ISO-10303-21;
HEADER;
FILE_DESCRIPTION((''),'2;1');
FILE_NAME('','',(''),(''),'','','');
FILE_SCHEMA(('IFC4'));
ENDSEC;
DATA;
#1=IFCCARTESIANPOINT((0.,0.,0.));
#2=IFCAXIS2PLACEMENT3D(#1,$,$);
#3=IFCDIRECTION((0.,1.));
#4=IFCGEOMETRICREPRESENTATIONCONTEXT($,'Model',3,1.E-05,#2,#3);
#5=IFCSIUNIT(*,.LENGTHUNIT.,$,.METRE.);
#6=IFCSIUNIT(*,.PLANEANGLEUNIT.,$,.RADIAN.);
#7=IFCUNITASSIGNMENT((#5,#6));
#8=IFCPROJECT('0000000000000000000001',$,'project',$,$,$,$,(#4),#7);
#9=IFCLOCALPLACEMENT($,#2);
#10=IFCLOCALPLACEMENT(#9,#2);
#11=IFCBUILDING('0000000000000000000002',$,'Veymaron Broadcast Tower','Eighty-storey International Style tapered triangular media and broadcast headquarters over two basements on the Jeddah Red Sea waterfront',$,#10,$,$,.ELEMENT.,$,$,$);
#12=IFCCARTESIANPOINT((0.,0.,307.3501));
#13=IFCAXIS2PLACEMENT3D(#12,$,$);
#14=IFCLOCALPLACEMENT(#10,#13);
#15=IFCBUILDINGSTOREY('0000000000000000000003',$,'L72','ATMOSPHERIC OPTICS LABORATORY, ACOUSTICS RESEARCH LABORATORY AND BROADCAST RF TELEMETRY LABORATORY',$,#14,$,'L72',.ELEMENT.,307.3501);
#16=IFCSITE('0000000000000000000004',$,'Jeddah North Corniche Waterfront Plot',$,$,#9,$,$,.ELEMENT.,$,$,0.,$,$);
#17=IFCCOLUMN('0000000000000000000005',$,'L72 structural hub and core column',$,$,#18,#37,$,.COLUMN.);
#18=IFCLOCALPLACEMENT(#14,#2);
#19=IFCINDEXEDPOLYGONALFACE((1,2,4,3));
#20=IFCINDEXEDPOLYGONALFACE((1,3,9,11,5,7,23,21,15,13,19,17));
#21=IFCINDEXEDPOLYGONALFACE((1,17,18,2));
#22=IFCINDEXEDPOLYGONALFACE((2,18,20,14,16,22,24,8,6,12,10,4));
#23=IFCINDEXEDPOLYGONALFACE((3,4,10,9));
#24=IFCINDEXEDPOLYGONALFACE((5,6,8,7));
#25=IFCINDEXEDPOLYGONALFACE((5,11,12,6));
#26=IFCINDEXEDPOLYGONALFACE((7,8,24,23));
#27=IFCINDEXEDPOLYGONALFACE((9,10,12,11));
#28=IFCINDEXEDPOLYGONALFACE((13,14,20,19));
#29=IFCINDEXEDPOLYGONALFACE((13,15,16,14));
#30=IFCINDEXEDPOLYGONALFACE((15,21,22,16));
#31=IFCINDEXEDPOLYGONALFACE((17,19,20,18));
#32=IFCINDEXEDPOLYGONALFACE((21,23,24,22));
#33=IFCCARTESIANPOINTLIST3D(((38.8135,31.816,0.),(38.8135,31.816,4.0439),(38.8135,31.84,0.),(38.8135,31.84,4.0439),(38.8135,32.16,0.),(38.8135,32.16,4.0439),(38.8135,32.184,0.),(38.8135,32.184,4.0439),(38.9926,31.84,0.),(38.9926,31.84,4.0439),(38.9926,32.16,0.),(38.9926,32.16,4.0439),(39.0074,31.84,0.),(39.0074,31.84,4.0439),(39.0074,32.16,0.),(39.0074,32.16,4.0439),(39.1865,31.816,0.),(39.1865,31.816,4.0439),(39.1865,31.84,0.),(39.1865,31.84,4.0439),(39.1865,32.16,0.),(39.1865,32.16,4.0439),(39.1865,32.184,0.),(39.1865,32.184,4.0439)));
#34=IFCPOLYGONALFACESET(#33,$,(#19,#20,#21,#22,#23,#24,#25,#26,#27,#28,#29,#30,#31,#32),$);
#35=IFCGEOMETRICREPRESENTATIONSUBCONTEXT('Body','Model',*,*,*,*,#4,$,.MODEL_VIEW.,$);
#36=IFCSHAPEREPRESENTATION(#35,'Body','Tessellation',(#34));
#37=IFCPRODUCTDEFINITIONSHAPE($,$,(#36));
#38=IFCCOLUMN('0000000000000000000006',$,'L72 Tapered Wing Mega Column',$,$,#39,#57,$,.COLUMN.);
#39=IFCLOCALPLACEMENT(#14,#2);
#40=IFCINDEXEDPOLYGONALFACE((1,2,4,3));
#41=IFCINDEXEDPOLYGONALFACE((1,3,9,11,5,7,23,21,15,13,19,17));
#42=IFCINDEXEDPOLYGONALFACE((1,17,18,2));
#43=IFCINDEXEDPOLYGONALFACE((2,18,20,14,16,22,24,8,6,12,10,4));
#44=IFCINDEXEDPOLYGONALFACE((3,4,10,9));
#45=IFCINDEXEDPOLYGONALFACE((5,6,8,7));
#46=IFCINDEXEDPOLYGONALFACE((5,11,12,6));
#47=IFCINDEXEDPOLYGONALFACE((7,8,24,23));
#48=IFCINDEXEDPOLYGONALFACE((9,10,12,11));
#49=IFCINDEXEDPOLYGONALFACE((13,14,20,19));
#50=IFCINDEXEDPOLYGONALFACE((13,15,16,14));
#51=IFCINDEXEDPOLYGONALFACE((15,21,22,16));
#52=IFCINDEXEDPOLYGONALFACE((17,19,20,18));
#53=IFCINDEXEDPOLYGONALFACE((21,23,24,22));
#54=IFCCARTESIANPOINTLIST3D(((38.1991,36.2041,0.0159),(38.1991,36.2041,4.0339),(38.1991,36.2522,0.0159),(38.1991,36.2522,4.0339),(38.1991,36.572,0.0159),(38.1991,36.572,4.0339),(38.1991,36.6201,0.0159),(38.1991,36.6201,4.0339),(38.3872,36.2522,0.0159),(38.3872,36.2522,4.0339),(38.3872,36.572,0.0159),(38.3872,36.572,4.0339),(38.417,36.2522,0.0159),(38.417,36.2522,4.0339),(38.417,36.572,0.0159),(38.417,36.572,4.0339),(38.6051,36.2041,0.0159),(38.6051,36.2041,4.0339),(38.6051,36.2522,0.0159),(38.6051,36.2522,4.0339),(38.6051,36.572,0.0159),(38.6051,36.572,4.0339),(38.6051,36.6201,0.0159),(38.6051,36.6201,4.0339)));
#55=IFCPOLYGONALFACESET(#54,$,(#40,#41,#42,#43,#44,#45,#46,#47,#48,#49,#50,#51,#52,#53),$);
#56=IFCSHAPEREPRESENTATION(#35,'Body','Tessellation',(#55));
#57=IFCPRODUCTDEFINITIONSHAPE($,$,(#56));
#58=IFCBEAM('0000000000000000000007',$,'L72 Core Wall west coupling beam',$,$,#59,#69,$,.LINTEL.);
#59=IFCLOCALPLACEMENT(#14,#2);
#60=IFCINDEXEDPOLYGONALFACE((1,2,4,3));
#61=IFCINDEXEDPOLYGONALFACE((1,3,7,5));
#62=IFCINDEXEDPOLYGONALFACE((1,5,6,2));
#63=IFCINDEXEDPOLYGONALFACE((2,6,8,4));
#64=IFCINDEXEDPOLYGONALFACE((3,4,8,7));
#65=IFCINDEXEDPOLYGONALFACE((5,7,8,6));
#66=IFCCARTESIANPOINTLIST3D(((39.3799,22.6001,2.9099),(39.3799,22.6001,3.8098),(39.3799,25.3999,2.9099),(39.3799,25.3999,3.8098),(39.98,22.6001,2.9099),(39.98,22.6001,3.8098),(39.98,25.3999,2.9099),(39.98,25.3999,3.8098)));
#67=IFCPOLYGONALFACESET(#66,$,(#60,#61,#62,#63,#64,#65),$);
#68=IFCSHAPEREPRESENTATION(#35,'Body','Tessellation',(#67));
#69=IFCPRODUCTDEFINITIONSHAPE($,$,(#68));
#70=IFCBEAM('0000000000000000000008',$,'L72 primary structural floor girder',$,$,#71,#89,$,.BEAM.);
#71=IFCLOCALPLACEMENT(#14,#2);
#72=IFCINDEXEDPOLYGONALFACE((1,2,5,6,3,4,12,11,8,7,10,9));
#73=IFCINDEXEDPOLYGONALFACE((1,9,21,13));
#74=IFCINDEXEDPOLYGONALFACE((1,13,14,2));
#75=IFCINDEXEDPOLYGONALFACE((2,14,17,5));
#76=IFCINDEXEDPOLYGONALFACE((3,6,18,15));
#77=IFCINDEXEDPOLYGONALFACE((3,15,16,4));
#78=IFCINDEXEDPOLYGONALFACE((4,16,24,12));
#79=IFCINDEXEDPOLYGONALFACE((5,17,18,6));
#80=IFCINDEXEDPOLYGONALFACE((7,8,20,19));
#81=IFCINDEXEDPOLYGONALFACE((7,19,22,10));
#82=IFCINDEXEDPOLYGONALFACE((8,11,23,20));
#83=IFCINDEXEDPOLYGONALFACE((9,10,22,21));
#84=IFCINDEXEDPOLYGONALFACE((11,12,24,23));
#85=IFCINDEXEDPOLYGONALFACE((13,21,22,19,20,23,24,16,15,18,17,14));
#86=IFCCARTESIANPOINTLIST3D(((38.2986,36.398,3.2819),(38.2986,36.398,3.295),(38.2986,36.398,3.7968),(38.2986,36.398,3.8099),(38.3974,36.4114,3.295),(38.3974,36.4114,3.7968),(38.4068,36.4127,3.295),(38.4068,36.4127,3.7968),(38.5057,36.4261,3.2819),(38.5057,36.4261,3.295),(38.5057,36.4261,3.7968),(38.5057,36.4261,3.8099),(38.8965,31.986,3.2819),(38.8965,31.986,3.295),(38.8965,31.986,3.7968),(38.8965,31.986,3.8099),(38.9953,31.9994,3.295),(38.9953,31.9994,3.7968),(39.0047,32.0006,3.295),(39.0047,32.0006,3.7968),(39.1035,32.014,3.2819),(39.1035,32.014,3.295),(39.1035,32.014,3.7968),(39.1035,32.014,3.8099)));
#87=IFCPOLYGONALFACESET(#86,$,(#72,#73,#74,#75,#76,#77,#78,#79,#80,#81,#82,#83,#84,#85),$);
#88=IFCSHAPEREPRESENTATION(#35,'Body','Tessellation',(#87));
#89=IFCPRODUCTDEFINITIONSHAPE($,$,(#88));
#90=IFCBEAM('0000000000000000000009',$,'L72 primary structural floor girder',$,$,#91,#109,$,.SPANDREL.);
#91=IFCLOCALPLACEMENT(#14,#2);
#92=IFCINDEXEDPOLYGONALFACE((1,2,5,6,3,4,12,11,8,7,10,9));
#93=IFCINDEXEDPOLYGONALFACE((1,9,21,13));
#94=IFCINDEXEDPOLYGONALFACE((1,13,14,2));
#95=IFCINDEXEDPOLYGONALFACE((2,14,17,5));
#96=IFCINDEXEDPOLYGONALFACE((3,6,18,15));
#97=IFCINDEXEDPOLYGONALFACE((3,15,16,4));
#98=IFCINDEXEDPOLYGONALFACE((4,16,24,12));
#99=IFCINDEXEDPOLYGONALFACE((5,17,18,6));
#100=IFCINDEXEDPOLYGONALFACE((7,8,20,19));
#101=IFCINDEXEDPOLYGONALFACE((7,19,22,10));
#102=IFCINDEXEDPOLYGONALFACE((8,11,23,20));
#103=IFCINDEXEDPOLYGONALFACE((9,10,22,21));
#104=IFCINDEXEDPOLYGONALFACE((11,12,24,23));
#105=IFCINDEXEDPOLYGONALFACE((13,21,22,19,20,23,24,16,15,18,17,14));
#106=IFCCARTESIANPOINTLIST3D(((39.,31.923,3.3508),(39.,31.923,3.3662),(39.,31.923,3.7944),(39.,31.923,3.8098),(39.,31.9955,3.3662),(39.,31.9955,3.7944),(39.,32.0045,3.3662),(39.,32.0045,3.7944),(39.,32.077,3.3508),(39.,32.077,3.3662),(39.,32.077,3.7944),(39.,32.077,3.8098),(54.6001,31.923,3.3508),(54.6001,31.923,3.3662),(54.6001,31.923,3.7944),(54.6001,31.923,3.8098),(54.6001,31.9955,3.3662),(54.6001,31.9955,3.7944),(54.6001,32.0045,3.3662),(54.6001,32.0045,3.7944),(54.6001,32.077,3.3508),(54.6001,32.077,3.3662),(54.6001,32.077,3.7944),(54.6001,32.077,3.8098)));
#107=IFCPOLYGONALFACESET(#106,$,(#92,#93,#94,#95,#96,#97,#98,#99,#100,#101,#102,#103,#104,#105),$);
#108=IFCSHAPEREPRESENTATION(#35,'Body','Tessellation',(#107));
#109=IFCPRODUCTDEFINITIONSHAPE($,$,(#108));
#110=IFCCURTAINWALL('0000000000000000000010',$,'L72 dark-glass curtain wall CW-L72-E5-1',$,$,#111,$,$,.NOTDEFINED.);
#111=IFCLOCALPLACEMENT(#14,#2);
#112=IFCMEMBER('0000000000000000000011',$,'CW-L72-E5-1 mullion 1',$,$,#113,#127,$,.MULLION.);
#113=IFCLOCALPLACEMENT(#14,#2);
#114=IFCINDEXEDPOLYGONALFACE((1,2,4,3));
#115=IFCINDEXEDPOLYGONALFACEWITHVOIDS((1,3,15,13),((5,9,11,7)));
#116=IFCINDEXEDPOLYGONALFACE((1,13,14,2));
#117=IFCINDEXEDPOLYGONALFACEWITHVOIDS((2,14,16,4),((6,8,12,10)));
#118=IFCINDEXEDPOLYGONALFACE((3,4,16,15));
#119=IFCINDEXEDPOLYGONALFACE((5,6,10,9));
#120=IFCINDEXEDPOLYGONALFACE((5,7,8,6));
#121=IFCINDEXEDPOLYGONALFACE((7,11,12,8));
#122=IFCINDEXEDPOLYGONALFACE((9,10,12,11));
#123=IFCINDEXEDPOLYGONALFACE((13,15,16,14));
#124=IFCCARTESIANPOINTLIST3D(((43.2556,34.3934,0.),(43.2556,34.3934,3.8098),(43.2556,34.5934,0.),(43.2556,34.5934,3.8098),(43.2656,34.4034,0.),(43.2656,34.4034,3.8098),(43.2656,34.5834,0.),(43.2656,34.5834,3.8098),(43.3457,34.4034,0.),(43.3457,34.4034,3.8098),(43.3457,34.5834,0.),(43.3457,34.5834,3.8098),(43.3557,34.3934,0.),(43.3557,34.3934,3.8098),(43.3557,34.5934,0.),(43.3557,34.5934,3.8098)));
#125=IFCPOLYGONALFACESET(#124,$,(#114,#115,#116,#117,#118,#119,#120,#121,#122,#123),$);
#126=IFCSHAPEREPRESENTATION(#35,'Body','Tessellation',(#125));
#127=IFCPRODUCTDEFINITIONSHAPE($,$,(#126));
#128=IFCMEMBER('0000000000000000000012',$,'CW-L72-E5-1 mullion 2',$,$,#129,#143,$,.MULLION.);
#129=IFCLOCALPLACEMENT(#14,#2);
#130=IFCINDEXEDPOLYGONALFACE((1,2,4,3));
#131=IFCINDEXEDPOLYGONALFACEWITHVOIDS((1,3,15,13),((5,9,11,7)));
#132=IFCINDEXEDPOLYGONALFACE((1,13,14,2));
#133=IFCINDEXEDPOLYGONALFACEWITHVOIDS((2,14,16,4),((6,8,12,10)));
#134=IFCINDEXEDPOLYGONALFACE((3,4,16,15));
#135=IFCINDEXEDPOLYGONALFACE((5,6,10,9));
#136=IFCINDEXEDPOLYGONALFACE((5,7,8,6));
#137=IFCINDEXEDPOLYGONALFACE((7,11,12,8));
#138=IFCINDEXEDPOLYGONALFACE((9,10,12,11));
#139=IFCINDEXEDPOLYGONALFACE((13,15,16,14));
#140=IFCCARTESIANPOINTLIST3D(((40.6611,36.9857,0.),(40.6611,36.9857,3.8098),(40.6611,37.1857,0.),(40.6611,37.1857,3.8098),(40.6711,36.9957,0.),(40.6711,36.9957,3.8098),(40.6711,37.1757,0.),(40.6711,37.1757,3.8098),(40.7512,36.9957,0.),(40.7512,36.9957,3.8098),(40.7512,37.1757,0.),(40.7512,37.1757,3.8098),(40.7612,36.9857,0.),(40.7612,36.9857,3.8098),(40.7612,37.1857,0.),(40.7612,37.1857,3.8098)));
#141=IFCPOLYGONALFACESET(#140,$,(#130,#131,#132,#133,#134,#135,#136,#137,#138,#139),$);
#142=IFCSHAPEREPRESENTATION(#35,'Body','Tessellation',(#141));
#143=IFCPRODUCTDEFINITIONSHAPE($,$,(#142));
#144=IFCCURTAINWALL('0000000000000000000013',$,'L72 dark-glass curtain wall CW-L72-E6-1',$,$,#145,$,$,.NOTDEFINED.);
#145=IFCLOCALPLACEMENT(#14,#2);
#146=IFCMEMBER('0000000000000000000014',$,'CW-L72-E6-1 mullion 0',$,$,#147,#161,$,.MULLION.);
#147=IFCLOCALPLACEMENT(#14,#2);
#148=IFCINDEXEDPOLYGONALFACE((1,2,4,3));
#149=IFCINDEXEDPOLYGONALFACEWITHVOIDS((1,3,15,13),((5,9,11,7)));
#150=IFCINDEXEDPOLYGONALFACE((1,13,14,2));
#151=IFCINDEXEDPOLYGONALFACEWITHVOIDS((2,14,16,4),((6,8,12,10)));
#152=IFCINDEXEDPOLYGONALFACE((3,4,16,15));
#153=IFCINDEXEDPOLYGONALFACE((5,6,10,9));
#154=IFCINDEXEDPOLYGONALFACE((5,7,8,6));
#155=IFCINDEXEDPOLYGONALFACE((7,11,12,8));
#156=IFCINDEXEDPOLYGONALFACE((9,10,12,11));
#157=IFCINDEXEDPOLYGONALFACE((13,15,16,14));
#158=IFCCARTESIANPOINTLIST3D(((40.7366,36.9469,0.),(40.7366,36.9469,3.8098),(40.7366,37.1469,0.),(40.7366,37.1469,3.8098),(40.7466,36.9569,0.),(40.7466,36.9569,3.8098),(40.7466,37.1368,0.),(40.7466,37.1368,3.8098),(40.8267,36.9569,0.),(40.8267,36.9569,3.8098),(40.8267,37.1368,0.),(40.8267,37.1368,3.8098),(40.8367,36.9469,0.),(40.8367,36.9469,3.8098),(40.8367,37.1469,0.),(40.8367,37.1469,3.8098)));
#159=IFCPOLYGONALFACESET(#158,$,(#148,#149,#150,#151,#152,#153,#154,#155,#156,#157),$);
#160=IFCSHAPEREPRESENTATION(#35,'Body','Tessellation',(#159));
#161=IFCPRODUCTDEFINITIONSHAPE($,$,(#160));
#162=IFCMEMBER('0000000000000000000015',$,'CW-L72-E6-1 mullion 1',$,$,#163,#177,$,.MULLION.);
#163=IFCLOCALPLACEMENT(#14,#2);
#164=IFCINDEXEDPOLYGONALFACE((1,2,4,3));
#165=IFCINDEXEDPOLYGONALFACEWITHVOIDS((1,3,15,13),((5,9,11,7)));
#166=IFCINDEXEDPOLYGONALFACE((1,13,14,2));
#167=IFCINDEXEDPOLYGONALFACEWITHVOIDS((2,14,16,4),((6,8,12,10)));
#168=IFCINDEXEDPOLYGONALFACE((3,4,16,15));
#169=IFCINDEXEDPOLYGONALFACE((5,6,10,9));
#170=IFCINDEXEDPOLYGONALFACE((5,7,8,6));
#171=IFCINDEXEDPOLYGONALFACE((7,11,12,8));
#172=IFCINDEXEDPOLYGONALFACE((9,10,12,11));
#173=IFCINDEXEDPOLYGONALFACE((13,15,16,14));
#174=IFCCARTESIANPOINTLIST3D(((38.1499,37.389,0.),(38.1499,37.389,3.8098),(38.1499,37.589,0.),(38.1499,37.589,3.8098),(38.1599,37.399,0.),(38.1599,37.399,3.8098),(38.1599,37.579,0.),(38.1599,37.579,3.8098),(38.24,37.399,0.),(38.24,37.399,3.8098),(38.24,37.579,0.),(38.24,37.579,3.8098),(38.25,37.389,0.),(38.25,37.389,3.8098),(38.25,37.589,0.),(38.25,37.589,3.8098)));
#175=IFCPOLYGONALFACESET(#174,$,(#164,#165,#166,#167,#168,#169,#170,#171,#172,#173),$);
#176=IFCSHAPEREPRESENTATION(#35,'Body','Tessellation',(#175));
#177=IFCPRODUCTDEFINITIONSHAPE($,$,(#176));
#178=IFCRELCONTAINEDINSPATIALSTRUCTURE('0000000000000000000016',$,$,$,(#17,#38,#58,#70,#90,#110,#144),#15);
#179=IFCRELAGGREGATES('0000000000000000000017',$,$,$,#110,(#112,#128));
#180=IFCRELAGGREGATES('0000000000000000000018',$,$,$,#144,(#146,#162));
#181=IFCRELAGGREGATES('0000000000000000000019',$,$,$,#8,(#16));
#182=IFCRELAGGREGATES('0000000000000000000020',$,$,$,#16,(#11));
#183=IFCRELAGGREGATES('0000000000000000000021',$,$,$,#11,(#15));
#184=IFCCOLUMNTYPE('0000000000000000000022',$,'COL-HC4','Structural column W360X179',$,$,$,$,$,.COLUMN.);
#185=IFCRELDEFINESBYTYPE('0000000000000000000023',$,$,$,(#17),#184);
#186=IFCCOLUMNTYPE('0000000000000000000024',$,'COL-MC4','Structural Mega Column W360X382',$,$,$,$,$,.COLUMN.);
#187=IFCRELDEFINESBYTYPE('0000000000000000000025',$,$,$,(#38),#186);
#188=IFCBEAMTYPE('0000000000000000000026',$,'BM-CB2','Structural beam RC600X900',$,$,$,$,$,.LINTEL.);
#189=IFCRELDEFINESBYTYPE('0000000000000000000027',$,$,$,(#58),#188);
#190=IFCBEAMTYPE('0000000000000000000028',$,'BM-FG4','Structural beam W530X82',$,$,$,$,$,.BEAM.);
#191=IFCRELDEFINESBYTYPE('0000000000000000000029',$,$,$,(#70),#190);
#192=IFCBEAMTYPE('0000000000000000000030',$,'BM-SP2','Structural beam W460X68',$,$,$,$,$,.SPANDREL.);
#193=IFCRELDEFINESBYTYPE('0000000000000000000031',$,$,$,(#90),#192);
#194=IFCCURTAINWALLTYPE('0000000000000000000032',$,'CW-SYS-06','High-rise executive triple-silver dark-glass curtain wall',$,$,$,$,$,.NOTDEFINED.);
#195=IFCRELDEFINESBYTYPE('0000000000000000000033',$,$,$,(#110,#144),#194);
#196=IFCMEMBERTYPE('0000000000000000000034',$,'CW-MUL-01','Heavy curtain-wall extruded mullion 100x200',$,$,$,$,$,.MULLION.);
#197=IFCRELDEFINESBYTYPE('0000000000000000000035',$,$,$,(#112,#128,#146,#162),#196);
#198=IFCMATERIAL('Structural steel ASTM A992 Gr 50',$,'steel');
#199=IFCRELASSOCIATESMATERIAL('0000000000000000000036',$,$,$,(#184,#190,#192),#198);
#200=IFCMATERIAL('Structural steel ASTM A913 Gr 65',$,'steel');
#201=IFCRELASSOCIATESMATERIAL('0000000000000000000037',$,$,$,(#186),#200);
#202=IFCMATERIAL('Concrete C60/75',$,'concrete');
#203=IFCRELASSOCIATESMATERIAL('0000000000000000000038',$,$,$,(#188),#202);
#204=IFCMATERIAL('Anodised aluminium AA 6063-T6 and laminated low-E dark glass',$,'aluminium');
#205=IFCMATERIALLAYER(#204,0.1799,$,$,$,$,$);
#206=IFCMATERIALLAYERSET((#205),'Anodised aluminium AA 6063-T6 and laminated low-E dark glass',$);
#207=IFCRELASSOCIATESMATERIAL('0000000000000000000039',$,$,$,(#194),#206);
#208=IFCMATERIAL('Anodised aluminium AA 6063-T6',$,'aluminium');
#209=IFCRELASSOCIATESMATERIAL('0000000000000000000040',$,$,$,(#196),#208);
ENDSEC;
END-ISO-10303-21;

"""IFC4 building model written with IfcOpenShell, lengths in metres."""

from ifc_helpers import new_model, si_unit, direction, frame, origin, origin_2d, place, context, subcontext, project, spatial, rectangle, hollow_rectangle, i_section, extrude, material, layer, layer_set, material_profile, profile_set, type_object, element, aggregate, save


model = new_model("IFC4")

# Units and contexts
model_context = context("Model", 3, precision=1e-05, world=origin(), true_north=direction((0.0, 1.0)))
body_context = subcontext(model_context, "Body", "Model", "MODEL_VIEW")
ifc_project = project(units=[si_unit("LENGTHUNIT", "METRE"), si_unit("PLANEANGLEUNIT", "RADIAN")], contexts=[model_context])

# Site, building, storey
site_placement = place(None, origin())
site = spatial("IfcSite", under=ifc_project, at=site_placement, Name="Jeddah North Corniche Waterfront Plot", CompositionType="ELEMENT", RefElevation=0.0)
building_placement = place(site_placement, origin())
building = spatial("IfcBuilding", under=site, at=building_placement, Name="Veymaron Broadcast Tower", Description="Eighty-storey International Style tapered triangular media and broadcast headquarters over two basements on the Jeddah Red Sea waterfront", CompositionType="ELEMENT")
storey_placement = place(building_placement, frame((0.0, 0.0, 307.3501)))
storey = spatial("IfcBuildingStorey", under=building, at=storey_placement, Name="L72", Description="ATMOSPHERIC OPTICS LABORATORY, ACOUSTICS RESEARCH LABORATORY AND BROADCAST RF TELEMETRY LABORATORY", LongName="L72", CompositionType="ELEMENT", Elevation=307.3501)

# Columns
ifc_material_1 = material(Name="Structural steel ASTM A992 Gr 50", Category="steel")
ifc_material_profile_1 = material_profile(ifc_material_1, i_section(OverallWidth=0.373, OverallDepth=0.3679, WebThickness=0.0149, FlangeThickness=0.0239, at=origin_2d()), Name="W360X179")
ifc_profile_set_1 = profile_set([ifc_material_profile_1], Name="Structural steel ASTM A992 Gr 50")
column_type_1 = type_object("IfcColumnType", Name="COL-HC4", Description="Structural column W360X179", PredefinedType="COLUMN", material=ifc_profile_set_1)
column_1_placement = place(storey_placement, frame((39.0, 32.0, 0.0), z_axis=(0.0, 0.0, 1.0), x_axis=(1.0, 0.0, 0.0)))
element("IfcColumn", 1, at=column_1_placement, inside=storey, type_object=column_type_1, Name="L72 structural hub and core column", PredefinedType="COLUMN", context=body_context, shape_type="SweptSolid", body=[
    extrude(i_section(OverallWidth=0.373, OverallDepth=0.3679, WebThickness=0.0149, FlangeThickness=0.0239, at=origin_2d()), origin(), (0.0, 0.0, 1.0), 4.0439),
])
ifc_material_2 = material(Name="Structural steel ASTM A913 Gr 65", Category="steel")
ifc_material_profile_2 = material_profile(ifc_material_2, i_section(OverallWidth=0.406, OverallDepth=0.416, WebThickness=0.0298, FlangeThickness=0.0481, at=origin_2d()), Name="W360X382")
ifc_profile_set_2 = profile_set([ifc_material_profile_2], Name="Structural steel ASTM A913 Gr 65")
column_type_2 = type_object("IfcColumnType", Name="COL-MC4", Description="Structural Mega Column W360X382", PredefinedType="COLUMN", material=ifc_profile_set_2)
column_2_placement = place(storey_placement, frame((38.4021, 36.4121, 0.0159), z_axis=(0.0, 0.0, 1.0), x_axis=(1.0, 0.0, 0.0)))
element("IfcColumn", 2, at=column_2_placement, inside=storey, type_object=column_type_2, Name="L72 Tapered Wing Mega Column", PredefinedType="COLUMN", context=body_context, shape_type="SweptSolid", body=[
    extrude(i_section(OverallWidth=0.406, OverallDepth=0.416, WebThickness=0.0298, FlangeThickness=0.0481, at=origin_2d()), origin(), (0.0, 0.0, 1.0), 4.0181),
])

# Beams
ifc_material_3 = material(Name="Concrete C60/75", Category="concrete")
ifc_material_profile_3 = material_profile(ifc_material_3, rectangle(XDim=0.6001, YDim=0.8999, at=origin_2d()), Name="RC600X900")
ifc_profile_set_3 = profile_set([ifc_material_profile_3], Name="Concrete C60/75")
beam_type_1 = type_object("IfcBeamType", Name="BM-CB2", Description="Structural beam RC600X900", PredefinedType="LINTEL", material=ifc_profile_set_3)
beam_1_placement = place(storey_placement, frame((39.6799, 22.6001, 3.3599), z_axis=(0.0, 1.0, 0.0), x_axis=(-1.0, 0.0, 0.0)))
element("IfcBeam", 3, at=beam_1_placement, inside=storey, type_object=beam_type_1, Name="L72 Core Wall west coupling beam", PredefinedType="LINTEL", context=body_context, shape_type="SweptSolid", body=[
    extrude(rectangle(XDim=0.6001, YDim=0.8999, at=origin_2d()), origin(), (0.0, 0.0, 1.0), 2.7998),
])
ifc_material_profile_4 = material_profile(ifc_material_1, i_section(OverallWidth=0.209, OverallDepth=0.5281, WebThickness=0.0095, FlangeThickness=0.0132, at=origin_2d()), Name="W530X82")
ifc_profile_set_4 = profile_set([ifc_material_profile_4], Name="Structural steel ASTM A992 Gr 50")
beam_type_2 = type_object("IfcBeamType", Name="BM-FG4", Description="Structural beam W530X82", PredefinedType="BEAM", material=ifc_profile_set_4)
beam_2_placement = place(storey_placement, frame((39.0, 32.0, 3.5459), z_axis=(-0.134286, 0.990943, 0.0), x_axis=(-0.990943, -0.134286, 0.0)))
element("IfcBeam", 4, at=beam_2_placement, inside=storey, type_object=beam_type_2, Name="L72 primary structural floor girder", PredefinedType="BEAM", context=body_context, shape_type="SweptSolid", body=[
    extrude(i_section(OverallWidth=0.209, OverallDepth=0.5281, WebThickness=0.0095, FlangeThickness=0.0132, at=origin_2d()), origin(), (0.0, 0.0, 1.0), 4.4524),
])
ifc_material_profile_5 = material_profile(ifc_material_1, i_section(OverallWidth=0.1541, OverallDepth=0.459, WebThickness=0.009, FlangeThickness=0.0154, at=origin_2d()), Name="W460X68")
ifc_profile_set_5 = profile_set([ifc_material_profile_5], Name="Structural steel ASTM A992 Gr 50")
beam_type_3 = type_object("IfcBeamType", Name="BM-SP2", Description="Structural beam W460X68", PredefinedType="SPANDREL", material=ifc_profile_set_5)
beam_3_placement = place(storey_placement, frame((39.0, 32.0, 3.5803), z_axis=(1.0, 0.0, 0.0), x_axis=(0.0, 1.0, 0.0)))
element("IfcBeam", 5, at=beam_3_placement, inside=storey, type_object=beam_type_3, Name="L72 primary structural floor girder", PredefinedType="SPANDREL", context=body_context, shape_type="SweptSolid", body=[
    extrude(i_section(OverallWidth=0.1541, OverallDepth=0.459, WebThickness=0.009, FlangeThickness=0.0154, at=origin_2d()), origin(), (0.0, 0.0, 1.0), 15.6001),
])

# Curtain walls, members
ifc_material_4 = material(Name="Anodised aluminium AA 6063-T6 and laminated low-E dark glass", Category="aluminium")
ifc_layer_1 = layer(ifc_material_4, 0.1799)
ifc_layer_set_1 = layer_set([ifc_layer_1], Name="Anodised aluminium AA 6063-T6 and laminated low-E dark glass")
curtain_wall_type = type_object("IfcCurtainWallType", Name="CW-SYS-06", Description="High-rise executive triple-silver dark-glass curtain wall", PredefinedType="NOTDEFINED", material=ifc_layer_set_1)
curtain_wall_1_placement = place(storey_placement, origin())
curtain_wall_1 = element("IfcCurtainWall", 6, at=curtain_wall_1_placement, inside=storey, type_object=curtain_wall_type, Name="L72 dark-glass curtain wall CW-L72-E5-1", PredefinedType="NOTDEFINED")
ifc_material_5 = material(Name="Anodised aluminium AA 6063-T6", Category="aluminium")
ifc_material_profile_6 = material_profile(ifc_material_5, hollow_rectangle(XDim=0.1001, YDim=0.2, WallThickness=0.01, at=origin_2d()), Name="RHS200X100X10")
ifc_profile_set_6 = profile_set([ifc_material_profile_6], Name="Anodised aluminium AA 6063-T6")
member_type_1 = type_object("IfcMemberType", Name="CW-MUL-01", Description="Heavy curtain-wall extruded mullion 100x200", PredefinedType="MULLION", material=ifc_profile_set_6)
member_1_placement = place(storey_placement, frame((43.3057, 34.4934, 0.0), z_axis=(0.0, 0.0, 1.0), x_axis=(1.0, 0.0, 0.0)))
member_1 = element("IfcMember", 7, at=member_1_placement, type_object=member_type_1, Name="CW-L72-E5-1 mullion 1", PredefinedType="MULLION", context=body_context, shape_type="SweptSolid", body=[
    extrude(hollow_rectangle(XDim=0.1001, YDim=0.2, WallThickness=0.01, at=origin_2d()), origin(), (0.0, 0.0, 1.0), 3.8098),
])
member_2_placement = place(storey_placement, frame((40.7112, 37.0857, 0.0), z_axis=(0.0, 0.0, 1.0), x_axis=(1.0, 0.0, 0.0)))
member_2 = element("IfcMember", 8, at=member_2_placement, type_object=member_type_1, Name="CW-L72-E5-1 mullion 2", PredefinedType="MULLION", context=body_context, shape_type="SweptSolid", body=[
    extrude(hollow_rectangle(XDim=0.1001, YDim=0.2, WallThickness=0.01, at=origin_2d()), origin(), (0.0, 0.0, 1.0), 3.8098),
])
curtain_wall_2_placement = place(storey_placement, origin())
curtain_wall_2 = element("IfcCurtainWall", 9, at=curtain_wall_2_placement, inside=storey, type_object=curtain_wall_type, Name="L72 dark-glass curtain wall CW-L72-E6-1", PredefinedType="NOTDEFINED")
member_3_placement = place(storey_placement, frame((40.7866, 37.0469, 0.0), z_axis=(0.0, 0.0, 1.0), x_axis=(1.0, 0.0, 0.0)))
member_3 = element("IfcMember", 10, at=member_3_placement, type_object=member_type_1, Name="CW-L72-E6-1 mullion 0", PredefinedType="MULLION", context=body_context, shape_type="SweptSolid", body=[
    extrude(hollow_rectangle(XDim=0.1001, YDim=0.2, WallThickness=0.01, at=origin_2d()), origin(), (0.0, 0.0, 1.0), 3.8098),
])
member_4_placement = place(storey_placement, frame((38.2, 37.489, 0.0), z_axis=(0.0, 0.0, 1.0), x_axis=(1.0, 0.0, 0.0)))
member_4 = element("IfcMember", 11, at=member_4_placement, type_object=member_type_1, Name="CW-L72-E6-1 mullion 1", PredefinedType="MULLION", context=body_context, shape_type="SweptSolid", body=[
    extrude(hollow_rectangle(XDim=0.1001, YDim=0.2, WallThickness=0.01, at=origin_2d()), origin(), (0.0, 0.0, 1.0), 3.8098),
])

aggregate(curtain_wall_1, [member_1, member_2])
aggregate(curtain_wall_2, [member_3, member_4])

save(model, "model.ifc")
